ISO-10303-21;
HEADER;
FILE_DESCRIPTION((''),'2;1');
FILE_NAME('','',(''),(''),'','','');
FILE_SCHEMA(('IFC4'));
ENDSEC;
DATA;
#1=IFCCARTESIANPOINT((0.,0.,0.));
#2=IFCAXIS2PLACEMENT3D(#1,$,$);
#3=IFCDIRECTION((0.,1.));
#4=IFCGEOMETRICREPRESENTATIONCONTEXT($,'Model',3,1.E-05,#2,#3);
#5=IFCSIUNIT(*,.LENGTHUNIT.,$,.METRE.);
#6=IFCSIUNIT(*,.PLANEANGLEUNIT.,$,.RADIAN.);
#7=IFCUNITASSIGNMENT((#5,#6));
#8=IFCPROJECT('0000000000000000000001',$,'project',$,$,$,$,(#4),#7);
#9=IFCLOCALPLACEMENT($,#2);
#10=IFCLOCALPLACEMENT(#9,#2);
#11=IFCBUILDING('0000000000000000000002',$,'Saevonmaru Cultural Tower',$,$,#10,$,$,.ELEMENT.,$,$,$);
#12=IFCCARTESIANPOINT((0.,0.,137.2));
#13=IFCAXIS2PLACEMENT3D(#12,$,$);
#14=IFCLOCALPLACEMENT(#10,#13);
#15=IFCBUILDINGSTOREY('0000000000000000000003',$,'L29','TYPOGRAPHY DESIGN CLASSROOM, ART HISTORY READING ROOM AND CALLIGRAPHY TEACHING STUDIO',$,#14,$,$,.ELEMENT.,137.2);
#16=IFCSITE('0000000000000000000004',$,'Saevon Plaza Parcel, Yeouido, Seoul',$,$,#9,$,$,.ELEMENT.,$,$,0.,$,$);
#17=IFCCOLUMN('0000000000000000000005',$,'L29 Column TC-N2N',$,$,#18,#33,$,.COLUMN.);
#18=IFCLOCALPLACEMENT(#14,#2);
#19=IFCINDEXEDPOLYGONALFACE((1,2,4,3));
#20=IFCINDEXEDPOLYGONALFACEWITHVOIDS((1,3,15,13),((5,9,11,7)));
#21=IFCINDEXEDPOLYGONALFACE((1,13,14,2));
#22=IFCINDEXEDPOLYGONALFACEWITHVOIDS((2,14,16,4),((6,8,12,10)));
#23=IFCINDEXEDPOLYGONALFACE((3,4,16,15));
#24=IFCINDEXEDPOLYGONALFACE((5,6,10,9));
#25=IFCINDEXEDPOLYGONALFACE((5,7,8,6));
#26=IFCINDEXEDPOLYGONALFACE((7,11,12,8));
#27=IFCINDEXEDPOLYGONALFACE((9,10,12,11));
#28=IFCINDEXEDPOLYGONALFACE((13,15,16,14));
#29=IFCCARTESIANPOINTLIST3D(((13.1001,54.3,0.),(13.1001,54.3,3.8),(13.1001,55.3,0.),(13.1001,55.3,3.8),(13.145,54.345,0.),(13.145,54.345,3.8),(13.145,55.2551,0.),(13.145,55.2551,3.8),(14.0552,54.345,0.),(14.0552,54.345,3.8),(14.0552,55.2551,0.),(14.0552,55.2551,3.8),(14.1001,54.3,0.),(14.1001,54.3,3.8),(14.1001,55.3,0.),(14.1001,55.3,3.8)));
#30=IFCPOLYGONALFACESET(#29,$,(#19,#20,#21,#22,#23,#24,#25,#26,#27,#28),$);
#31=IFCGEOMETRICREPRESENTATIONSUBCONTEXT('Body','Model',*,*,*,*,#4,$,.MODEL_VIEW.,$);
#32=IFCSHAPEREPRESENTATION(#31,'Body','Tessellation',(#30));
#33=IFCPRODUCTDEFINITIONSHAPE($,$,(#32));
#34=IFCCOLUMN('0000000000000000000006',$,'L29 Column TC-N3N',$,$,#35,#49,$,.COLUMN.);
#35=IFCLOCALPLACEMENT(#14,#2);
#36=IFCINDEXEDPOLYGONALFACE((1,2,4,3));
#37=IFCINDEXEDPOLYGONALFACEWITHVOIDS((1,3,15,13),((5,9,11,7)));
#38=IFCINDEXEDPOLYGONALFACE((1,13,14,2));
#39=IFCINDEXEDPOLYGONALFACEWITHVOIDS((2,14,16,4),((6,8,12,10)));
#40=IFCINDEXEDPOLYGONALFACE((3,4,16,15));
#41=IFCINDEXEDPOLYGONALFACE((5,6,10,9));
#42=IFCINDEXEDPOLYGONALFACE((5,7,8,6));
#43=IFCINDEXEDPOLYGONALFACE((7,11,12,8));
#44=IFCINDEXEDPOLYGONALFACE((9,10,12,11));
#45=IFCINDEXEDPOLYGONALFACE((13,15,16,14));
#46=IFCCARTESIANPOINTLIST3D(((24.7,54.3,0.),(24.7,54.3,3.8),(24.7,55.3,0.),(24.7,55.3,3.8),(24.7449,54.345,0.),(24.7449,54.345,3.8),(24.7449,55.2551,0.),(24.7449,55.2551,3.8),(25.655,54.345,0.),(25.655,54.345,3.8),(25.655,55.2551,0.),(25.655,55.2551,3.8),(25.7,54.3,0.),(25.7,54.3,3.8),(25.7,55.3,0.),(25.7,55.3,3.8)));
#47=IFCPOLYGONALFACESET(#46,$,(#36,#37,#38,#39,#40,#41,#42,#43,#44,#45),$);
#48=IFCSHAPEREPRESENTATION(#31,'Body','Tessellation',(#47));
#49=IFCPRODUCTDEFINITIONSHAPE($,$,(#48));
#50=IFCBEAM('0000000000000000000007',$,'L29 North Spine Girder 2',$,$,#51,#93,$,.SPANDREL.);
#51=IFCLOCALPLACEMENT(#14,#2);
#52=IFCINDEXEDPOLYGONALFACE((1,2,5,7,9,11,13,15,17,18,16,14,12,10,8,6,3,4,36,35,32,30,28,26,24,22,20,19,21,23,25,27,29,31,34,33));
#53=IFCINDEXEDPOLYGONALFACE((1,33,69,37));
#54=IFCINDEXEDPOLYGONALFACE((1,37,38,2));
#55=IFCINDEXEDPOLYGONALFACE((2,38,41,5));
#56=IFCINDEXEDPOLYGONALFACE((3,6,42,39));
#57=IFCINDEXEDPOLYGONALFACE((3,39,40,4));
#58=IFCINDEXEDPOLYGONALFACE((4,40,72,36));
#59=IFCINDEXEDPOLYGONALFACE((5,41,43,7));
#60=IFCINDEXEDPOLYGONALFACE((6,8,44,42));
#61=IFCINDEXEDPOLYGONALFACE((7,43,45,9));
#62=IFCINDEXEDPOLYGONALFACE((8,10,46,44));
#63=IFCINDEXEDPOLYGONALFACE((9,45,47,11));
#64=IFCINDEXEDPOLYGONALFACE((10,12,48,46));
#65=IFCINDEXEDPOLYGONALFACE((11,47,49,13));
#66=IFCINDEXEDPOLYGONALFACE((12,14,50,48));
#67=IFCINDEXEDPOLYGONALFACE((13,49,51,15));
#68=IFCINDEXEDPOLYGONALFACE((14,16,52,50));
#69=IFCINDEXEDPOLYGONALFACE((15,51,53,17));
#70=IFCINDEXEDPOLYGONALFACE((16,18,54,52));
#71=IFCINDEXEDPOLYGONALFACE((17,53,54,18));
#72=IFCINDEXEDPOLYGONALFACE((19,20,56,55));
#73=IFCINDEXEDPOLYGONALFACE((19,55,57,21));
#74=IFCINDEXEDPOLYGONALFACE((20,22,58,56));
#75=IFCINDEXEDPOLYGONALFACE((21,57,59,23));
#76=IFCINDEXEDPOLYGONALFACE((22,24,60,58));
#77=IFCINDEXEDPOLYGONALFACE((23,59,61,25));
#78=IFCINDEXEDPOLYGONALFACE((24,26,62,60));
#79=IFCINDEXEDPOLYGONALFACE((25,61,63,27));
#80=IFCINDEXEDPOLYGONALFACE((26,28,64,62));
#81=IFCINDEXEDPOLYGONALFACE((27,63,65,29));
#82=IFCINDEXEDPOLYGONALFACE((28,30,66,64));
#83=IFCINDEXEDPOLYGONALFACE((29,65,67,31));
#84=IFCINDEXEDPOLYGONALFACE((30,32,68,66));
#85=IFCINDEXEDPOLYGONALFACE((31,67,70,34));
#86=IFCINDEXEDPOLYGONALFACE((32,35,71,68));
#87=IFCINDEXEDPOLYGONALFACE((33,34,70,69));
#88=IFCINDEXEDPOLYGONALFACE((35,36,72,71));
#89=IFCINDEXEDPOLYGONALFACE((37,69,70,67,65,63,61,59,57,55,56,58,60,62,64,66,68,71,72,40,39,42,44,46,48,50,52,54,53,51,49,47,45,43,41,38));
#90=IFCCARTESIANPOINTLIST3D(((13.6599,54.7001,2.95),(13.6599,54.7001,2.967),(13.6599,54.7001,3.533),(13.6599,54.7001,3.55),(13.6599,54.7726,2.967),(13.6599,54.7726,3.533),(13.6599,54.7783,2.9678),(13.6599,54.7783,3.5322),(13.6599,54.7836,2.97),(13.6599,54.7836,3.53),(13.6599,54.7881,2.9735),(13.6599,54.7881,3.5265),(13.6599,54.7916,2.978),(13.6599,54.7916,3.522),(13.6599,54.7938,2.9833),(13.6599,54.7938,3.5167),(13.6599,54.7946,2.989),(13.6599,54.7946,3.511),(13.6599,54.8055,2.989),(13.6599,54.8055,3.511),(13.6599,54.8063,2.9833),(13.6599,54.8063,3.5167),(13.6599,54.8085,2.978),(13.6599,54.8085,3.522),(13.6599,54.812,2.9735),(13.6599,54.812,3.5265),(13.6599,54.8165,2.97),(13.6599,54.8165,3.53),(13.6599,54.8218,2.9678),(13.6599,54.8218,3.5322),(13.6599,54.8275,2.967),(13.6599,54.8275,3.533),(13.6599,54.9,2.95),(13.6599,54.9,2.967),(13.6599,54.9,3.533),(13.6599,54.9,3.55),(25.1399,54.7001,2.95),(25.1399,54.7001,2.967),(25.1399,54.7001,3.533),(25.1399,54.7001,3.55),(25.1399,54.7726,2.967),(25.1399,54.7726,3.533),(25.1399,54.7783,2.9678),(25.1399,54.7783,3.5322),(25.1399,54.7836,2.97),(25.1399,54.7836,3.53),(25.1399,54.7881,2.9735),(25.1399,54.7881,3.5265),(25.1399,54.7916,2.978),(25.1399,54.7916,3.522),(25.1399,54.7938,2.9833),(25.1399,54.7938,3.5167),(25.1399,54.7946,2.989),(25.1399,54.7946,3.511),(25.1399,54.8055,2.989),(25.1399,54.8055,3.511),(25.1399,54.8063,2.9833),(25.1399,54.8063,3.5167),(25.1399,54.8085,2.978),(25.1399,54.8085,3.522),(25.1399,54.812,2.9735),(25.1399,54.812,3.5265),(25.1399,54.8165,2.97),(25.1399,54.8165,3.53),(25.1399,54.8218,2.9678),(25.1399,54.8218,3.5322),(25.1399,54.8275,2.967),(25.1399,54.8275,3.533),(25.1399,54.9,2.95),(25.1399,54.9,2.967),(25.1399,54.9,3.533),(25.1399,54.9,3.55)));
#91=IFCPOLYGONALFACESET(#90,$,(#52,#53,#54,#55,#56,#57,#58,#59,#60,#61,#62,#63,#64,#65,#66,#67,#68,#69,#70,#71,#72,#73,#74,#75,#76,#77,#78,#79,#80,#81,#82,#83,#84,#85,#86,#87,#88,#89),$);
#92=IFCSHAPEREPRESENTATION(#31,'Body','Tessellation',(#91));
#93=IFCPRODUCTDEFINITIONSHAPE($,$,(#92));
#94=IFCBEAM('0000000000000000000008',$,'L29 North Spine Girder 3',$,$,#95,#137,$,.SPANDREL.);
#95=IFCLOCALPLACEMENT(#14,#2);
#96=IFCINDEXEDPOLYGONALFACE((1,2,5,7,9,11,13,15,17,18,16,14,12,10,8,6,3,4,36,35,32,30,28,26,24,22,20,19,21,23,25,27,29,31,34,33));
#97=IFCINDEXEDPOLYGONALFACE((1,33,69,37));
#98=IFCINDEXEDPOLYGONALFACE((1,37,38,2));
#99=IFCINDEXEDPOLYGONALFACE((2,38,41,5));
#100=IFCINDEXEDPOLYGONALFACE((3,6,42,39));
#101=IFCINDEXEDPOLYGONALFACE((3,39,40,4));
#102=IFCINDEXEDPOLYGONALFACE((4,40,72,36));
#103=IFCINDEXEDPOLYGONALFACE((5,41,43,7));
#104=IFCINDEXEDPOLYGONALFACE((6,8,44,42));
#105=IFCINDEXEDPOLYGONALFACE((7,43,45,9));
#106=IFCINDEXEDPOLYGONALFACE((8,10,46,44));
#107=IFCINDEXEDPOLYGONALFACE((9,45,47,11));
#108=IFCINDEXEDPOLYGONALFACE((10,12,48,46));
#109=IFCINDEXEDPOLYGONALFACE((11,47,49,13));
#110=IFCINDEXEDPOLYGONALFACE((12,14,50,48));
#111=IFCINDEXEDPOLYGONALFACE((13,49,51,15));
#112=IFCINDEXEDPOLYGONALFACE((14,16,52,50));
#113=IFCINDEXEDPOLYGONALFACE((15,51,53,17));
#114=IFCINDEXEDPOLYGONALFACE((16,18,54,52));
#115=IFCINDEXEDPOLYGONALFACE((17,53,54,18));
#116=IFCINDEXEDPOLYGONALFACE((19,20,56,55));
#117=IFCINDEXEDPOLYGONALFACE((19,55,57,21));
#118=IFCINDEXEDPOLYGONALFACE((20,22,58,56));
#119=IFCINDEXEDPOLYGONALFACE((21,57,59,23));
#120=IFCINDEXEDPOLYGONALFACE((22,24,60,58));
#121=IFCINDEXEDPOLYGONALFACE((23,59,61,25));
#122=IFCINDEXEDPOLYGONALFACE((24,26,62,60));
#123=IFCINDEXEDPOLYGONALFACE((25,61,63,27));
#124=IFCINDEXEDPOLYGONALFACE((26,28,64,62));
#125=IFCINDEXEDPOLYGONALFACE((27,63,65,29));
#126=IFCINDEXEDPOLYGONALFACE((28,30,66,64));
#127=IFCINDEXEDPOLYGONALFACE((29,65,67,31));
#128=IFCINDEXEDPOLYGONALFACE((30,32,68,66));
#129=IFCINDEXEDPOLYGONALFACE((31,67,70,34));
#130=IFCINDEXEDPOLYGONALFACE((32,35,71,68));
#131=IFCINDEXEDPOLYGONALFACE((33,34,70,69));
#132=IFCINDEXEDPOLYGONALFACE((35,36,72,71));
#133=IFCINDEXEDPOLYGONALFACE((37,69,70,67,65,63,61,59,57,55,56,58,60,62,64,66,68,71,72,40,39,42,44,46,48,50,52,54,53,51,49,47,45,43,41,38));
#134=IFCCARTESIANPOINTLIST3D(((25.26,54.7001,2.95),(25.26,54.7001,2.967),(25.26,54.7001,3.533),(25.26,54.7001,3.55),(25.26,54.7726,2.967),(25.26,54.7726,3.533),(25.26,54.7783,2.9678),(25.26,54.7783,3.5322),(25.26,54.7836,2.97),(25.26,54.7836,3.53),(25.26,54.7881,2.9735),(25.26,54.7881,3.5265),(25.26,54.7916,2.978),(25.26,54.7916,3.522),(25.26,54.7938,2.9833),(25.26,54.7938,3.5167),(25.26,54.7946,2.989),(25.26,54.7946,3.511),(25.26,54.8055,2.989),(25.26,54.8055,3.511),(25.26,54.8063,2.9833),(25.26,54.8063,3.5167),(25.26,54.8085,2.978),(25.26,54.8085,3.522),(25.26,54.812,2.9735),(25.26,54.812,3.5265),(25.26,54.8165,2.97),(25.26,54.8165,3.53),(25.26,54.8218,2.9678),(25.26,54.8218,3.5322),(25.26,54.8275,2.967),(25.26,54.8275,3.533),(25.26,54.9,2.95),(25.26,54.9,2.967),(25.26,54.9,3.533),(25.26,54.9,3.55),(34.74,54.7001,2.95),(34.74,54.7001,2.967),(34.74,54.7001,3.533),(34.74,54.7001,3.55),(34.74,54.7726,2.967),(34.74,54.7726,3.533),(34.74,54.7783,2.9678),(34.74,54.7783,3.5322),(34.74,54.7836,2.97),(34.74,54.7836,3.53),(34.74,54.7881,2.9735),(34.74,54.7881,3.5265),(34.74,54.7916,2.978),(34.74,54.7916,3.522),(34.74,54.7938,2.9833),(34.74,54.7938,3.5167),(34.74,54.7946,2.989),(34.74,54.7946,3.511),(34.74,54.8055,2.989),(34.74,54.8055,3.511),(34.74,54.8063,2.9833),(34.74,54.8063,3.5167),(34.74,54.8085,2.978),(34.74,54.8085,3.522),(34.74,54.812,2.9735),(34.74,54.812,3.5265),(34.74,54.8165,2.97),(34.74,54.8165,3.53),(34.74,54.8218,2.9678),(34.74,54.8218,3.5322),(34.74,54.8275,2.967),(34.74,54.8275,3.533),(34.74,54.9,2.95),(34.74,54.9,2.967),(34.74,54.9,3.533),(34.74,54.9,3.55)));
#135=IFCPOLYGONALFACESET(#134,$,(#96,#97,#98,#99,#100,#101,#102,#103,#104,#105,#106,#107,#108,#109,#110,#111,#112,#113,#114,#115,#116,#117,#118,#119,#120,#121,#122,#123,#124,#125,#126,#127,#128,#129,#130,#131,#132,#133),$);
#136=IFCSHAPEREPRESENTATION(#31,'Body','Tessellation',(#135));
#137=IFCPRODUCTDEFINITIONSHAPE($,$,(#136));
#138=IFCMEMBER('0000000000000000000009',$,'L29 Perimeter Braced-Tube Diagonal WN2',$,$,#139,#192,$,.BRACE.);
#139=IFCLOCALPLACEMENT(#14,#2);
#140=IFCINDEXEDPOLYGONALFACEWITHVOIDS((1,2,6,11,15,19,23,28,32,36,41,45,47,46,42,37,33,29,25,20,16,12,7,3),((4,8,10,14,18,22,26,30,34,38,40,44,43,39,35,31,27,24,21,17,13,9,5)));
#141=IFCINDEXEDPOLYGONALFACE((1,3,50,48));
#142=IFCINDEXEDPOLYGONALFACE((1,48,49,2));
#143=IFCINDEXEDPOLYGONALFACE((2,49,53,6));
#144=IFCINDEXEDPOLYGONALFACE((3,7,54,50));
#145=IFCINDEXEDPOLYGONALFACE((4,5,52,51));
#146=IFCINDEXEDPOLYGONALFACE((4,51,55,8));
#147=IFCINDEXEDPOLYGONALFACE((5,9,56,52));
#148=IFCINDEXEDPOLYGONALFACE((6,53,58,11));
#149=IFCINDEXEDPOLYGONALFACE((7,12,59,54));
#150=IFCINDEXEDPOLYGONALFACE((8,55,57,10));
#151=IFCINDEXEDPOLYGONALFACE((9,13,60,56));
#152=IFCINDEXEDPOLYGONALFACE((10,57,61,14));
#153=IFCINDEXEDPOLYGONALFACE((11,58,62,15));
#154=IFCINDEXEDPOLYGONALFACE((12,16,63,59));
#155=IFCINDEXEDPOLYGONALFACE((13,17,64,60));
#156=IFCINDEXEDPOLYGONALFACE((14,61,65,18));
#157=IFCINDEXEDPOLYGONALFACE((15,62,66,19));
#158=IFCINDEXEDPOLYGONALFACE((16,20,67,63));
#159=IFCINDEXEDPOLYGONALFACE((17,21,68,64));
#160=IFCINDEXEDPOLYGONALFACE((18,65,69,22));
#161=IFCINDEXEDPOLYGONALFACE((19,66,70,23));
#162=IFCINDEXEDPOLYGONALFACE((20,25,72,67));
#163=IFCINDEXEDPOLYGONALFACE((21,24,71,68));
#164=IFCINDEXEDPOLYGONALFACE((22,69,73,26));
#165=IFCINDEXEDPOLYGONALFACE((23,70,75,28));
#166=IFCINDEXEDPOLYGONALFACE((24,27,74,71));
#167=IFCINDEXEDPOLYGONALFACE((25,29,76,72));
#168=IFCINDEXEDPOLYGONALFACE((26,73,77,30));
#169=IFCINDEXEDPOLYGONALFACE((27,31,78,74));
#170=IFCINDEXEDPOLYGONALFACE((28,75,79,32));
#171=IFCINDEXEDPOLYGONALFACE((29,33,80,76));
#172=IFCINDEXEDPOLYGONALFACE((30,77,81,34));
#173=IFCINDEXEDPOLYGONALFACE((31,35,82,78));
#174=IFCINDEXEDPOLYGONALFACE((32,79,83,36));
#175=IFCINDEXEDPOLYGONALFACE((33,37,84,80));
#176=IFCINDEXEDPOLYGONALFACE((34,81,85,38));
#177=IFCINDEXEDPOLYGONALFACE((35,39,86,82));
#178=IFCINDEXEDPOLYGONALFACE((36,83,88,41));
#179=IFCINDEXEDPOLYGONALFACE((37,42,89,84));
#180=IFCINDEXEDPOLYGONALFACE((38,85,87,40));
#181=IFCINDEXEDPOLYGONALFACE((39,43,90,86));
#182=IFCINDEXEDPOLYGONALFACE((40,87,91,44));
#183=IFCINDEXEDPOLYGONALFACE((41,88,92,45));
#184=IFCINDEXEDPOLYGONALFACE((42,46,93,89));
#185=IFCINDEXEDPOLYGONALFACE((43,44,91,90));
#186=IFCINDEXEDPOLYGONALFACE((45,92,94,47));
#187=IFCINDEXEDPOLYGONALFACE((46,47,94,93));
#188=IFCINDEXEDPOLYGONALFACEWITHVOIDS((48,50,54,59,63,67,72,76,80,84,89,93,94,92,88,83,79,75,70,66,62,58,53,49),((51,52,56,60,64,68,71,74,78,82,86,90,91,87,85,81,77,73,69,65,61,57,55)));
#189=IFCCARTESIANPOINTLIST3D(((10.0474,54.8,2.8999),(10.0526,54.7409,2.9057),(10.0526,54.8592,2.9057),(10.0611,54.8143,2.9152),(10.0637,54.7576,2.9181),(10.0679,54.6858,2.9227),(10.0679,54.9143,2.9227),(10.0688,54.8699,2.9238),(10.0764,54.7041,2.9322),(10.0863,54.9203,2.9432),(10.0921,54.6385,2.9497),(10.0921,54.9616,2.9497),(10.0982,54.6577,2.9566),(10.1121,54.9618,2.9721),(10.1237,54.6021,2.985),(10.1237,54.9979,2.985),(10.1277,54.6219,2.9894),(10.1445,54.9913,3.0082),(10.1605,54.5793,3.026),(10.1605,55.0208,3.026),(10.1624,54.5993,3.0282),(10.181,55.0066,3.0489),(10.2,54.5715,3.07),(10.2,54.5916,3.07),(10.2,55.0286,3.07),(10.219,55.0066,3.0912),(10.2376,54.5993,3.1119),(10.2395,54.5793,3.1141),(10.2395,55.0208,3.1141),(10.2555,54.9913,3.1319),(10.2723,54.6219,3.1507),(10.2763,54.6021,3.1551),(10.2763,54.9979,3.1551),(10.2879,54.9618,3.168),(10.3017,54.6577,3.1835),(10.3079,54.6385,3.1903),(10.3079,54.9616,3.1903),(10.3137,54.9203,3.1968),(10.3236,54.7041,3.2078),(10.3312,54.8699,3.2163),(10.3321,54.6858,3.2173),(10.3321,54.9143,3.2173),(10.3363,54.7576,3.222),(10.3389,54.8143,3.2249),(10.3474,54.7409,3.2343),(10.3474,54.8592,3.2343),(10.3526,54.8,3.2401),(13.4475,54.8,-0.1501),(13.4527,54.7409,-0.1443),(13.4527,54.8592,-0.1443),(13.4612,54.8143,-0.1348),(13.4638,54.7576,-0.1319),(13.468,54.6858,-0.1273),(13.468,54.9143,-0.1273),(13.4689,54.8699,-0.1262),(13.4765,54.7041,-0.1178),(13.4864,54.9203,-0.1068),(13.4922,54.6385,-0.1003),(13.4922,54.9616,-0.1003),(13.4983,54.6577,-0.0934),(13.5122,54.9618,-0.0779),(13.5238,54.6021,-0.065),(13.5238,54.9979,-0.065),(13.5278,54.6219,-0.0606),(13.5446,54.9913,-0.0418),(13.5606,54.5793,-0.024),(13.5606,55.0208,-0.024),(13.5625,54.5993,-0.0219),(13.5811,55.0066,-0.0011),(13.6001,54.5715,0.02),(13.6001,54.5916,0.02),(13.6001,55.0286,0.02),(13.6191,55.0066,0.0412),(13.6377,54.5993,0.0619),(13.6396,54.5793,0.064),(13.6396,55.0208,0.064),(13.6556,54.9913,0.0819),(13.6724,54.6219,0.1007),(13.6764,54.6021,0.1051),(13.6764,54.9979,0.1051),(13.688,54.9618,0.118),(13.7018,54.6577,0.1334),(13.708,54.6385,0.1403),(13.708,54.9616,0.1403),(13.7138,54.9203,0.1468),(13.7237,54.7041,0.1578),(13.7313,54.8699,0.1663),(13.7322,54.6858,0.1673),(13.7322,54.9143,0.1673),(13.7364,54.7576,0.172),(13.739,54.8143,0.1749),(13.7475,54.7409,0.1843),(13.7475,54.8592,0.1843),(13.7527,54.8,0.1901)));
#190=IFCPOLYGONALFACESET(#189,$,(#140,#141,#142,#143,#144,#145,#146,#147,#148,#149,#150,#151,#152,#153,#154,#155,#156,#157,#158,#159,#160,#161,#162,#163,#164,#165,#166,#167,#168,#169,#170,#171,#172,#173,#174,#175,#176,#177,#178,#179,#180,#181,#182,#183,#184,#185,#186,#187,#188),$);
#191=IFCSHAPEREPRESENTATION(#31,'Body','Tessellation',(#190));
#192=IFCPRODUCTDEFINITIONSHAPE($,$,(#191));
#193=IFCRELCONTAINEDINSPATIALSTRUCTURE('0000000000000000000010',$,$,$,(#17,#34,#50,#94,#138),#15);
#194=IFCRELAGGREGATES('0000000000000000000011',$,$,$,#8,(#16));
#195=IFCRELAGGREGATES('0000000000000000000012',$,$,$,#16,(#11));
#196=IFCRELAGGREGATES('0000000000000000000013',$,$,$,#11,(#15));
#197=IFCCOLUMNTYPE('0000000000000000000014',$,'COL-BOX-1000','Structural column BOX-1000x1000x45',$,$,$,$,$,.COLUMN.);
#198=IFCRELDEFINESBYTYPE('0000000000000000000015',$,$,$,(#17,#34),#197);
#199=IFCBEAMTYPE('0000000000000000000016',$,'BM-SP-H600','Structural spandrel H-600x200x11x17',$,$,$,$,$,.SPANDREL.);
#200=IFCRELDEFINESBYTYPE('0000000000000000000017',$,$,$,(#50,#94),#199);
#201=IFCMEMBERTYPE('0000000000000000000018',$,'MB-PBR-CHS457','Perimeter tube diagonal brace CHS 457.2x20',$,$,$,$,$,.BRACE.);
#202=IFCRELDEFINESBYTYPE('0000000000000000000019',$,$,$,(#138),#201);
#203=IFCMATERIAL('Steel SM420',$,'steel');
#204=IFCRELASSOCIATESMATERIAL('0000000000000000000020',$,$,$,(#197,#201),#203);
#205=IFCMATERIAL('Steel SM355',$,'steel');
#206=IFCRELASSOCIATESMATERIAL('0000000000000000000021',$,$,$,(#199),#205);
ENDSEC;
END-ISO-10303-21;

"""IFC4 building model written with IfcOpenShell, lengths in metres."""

from ifc_helpers import new_model, si_unit, direction, frame, origin, origin_2d, place, context, subcontext, project, spatial, hollow_rectangle, hollow_circle, i_section, extrude, material, material_profile, profile_set, type_object, element, save


model = new_model("IFC4")

# Units and contexts
model_context = context("Model", 3, precision=1e-05, world=origin(), true_north=direction((0.0, 1.0)))
body_context = subcontext(model_context, "Body", "Model", "MODEL_VIEW")
ifc_project = project(units=[si_unit("LENGTHUNIT", "METRE"), si_unit("PLANEANGLEUNIT", "RADIAN")], contexts=[model_context])

# Site, building, storey
site_placement = place(None, origin())
site = spatial("IfcSite", under=ifc_project, at=site_placement, Name="Saevon Plaza Parcel, Yeouido, Seoul", CompositionType="ELEMENT", RefElevation=0.0)
building_placement = place(site_placement, origin())
building = spatial("IfcBuilding", under=site, at=building_placement, Name="Saevonmaru Cultural Tower", CompositionType="ELEMENT")
storey_placement = place(building_placement, frame((0.0, 0.0, 137.2)))
storey = spatial("IfcBuildingStorey", under=building, at=storey_placement, Name="L29", Description="TYPOGRAPHY DESIGN CLASSROOM, ART HISTORY READING ROOM AND CALLIGRAPHY TEACHING STUDIO", CompositionType="ELEMENT", Elevation=137.2)

# Columns
ifc_material_1 = material(Name="Steel SM420", Category="steel")
ifc_material_profile_1 = material_profile(ifc_material_1, hollow_rectangle(XDim=1.0, YDim=1.0, WallThickness=0.0449, at=origin_2d()), Name="BOX-1000x1000x45")
ifc_profile_set_1 = profile_set([ifc_material_profile_1], Name="Steel SM420")
column_type = type_object("IfcColumnType", Name="COL-BOX-1000", Description="Structural column BOX-1000x1000x45", PredefinedType="COLUMN", material=ifc_profile_set_1)
for number, where, z_axis, x_axis, name in (
    (1, (13.6001, 54.8, 0.0), (0.0, 0.0, 1.0), (1.0, 0.0, 0.0), "L29 Column TC-N2N"),
    (2, (25.2, 54.8, 0.0), (0.0, 0.0, 1.0), (1.0, 0.0, 0.0), "L29 Column TC-N3N"),
):
    element("IfcColumn", number, at=place(storey_placement, frame(where, z_axis=z_axis, x_axis=x_axis)), inside=storey, type_object=column_type, Name=name, PredefinedType="COLUMN", context=body_context, shape_type="SweptSolid", body=[
        extrude(hollow_rectangle(XDim=1.0, YDim=1.0, WallThickness=0.0449, at=origin_2d()), origin(), (0.0, 0.0, 1.0), 3.8),
    ])

# Beams
ifc_material_2 = material(Name="Steel SM355", Category="steel")
ifc_material_profile_2 = material_profile(ifc_material_2, i_section(OverallWidth=0.2, OverallDepth=0.6001, WebThickness=0.011, FlangeThickness=0.0171, FilletRadius=0.022, at=origin_2d()), Name="H-600x200x11x17")
ifc_profile_set_2 = profile_set([ifc_material_profile_2], Name="Steel SM355")
beam_type = type_object("IfcBeamType", Name="BM-SP-H600", Description="Structural spandrel H-600x200x11x17", PredefinedType="SPANDREL", material=ifc_profile_set_2)
beam_1_placement = place(storey_placement, frame((13.6599, 54.8, 3.25), z_axis=(1.0, 0.0, 0.0), x_axis=(0.0, 1.0, 0.0)))
element("IfcBeam", 3, at=beam_1_placement, inside=storey, type_object=beam_type, Name="L29 North Spine Girder 2", PredefinedType="SPANDREL", context=body_context, shape_type="SweptSolid", body=[
    extrude(i_section(OverallWidth=0.2, OverallDepth=0.6001, WebThickness=0.011, FlangeThickness=0.0171, FilletRadius=0.022, at=origin_2d()), origin(), (0.0, 0.0, 1.0), 11.48),
])
beam_2_placement = place(storey_placement, frame((25.26, 54.8, 3.25), z_axis=(1.0, 0.0, 0.0), x_axis=(0.0, 1.0, 0.0)))
element("IfcBeam", 4, at=beam_2_placement, inside=storey, type_object=beam_type, Name="L29 North Spine Girder 3", PredefinedType="SPANDREL", context=body_context, shape_type="SweptSolid", body=[
    extrude(i_section(OverallWidth=0.2, OverallDepth=0.6001, WebThickness=0.011, FlangeThickness=0.0171, FilletRadius=0.022, at=origin_2d()), origin(), (0.0, 0.0, 1.0), 9.48),
])

# Member
ifc_material_profile_3 = material_profile(ifc_material_1, hollow_circle(Radius=0.2285, WallThickness=0.02, at=origin_2d()), Name="CHS-457.2x20")
ifc_profile_set_3 = profile_set([ifc_material_profile_3], Name="Steel SM420")
member_type_1 = type_object("IfcMemberType", Name="MB-PBR-CHS457", Description="Perimeter tube diagonal brace CHS 457.2x20", PredefinedType="BRACE", material=ifc_profile_set_3)
member_1_placement = place(storey_placement, frame((13.6001, 54.8, 0.02), z_axis=(-0.744391, 0.0, 0.667744), x_axis=(0.0, -1.0, 0.0)))
element("IfcMember", 5, at=member_1_placement, inside=storey, type_object=member_type_1, Name="L29 Perimeter Braced-Tube Diagonal WN2", PredefinedType="BRACE", context=body_context, shape_type="SweptSolid", body=[
    extrude(hollow_circle(Radius=0.2285, WallThickness=0.02, at=origin_2d()), origin(), (0.0, 0.0, 1.0), 4.5676),
])

save(model, "model.ifc")
